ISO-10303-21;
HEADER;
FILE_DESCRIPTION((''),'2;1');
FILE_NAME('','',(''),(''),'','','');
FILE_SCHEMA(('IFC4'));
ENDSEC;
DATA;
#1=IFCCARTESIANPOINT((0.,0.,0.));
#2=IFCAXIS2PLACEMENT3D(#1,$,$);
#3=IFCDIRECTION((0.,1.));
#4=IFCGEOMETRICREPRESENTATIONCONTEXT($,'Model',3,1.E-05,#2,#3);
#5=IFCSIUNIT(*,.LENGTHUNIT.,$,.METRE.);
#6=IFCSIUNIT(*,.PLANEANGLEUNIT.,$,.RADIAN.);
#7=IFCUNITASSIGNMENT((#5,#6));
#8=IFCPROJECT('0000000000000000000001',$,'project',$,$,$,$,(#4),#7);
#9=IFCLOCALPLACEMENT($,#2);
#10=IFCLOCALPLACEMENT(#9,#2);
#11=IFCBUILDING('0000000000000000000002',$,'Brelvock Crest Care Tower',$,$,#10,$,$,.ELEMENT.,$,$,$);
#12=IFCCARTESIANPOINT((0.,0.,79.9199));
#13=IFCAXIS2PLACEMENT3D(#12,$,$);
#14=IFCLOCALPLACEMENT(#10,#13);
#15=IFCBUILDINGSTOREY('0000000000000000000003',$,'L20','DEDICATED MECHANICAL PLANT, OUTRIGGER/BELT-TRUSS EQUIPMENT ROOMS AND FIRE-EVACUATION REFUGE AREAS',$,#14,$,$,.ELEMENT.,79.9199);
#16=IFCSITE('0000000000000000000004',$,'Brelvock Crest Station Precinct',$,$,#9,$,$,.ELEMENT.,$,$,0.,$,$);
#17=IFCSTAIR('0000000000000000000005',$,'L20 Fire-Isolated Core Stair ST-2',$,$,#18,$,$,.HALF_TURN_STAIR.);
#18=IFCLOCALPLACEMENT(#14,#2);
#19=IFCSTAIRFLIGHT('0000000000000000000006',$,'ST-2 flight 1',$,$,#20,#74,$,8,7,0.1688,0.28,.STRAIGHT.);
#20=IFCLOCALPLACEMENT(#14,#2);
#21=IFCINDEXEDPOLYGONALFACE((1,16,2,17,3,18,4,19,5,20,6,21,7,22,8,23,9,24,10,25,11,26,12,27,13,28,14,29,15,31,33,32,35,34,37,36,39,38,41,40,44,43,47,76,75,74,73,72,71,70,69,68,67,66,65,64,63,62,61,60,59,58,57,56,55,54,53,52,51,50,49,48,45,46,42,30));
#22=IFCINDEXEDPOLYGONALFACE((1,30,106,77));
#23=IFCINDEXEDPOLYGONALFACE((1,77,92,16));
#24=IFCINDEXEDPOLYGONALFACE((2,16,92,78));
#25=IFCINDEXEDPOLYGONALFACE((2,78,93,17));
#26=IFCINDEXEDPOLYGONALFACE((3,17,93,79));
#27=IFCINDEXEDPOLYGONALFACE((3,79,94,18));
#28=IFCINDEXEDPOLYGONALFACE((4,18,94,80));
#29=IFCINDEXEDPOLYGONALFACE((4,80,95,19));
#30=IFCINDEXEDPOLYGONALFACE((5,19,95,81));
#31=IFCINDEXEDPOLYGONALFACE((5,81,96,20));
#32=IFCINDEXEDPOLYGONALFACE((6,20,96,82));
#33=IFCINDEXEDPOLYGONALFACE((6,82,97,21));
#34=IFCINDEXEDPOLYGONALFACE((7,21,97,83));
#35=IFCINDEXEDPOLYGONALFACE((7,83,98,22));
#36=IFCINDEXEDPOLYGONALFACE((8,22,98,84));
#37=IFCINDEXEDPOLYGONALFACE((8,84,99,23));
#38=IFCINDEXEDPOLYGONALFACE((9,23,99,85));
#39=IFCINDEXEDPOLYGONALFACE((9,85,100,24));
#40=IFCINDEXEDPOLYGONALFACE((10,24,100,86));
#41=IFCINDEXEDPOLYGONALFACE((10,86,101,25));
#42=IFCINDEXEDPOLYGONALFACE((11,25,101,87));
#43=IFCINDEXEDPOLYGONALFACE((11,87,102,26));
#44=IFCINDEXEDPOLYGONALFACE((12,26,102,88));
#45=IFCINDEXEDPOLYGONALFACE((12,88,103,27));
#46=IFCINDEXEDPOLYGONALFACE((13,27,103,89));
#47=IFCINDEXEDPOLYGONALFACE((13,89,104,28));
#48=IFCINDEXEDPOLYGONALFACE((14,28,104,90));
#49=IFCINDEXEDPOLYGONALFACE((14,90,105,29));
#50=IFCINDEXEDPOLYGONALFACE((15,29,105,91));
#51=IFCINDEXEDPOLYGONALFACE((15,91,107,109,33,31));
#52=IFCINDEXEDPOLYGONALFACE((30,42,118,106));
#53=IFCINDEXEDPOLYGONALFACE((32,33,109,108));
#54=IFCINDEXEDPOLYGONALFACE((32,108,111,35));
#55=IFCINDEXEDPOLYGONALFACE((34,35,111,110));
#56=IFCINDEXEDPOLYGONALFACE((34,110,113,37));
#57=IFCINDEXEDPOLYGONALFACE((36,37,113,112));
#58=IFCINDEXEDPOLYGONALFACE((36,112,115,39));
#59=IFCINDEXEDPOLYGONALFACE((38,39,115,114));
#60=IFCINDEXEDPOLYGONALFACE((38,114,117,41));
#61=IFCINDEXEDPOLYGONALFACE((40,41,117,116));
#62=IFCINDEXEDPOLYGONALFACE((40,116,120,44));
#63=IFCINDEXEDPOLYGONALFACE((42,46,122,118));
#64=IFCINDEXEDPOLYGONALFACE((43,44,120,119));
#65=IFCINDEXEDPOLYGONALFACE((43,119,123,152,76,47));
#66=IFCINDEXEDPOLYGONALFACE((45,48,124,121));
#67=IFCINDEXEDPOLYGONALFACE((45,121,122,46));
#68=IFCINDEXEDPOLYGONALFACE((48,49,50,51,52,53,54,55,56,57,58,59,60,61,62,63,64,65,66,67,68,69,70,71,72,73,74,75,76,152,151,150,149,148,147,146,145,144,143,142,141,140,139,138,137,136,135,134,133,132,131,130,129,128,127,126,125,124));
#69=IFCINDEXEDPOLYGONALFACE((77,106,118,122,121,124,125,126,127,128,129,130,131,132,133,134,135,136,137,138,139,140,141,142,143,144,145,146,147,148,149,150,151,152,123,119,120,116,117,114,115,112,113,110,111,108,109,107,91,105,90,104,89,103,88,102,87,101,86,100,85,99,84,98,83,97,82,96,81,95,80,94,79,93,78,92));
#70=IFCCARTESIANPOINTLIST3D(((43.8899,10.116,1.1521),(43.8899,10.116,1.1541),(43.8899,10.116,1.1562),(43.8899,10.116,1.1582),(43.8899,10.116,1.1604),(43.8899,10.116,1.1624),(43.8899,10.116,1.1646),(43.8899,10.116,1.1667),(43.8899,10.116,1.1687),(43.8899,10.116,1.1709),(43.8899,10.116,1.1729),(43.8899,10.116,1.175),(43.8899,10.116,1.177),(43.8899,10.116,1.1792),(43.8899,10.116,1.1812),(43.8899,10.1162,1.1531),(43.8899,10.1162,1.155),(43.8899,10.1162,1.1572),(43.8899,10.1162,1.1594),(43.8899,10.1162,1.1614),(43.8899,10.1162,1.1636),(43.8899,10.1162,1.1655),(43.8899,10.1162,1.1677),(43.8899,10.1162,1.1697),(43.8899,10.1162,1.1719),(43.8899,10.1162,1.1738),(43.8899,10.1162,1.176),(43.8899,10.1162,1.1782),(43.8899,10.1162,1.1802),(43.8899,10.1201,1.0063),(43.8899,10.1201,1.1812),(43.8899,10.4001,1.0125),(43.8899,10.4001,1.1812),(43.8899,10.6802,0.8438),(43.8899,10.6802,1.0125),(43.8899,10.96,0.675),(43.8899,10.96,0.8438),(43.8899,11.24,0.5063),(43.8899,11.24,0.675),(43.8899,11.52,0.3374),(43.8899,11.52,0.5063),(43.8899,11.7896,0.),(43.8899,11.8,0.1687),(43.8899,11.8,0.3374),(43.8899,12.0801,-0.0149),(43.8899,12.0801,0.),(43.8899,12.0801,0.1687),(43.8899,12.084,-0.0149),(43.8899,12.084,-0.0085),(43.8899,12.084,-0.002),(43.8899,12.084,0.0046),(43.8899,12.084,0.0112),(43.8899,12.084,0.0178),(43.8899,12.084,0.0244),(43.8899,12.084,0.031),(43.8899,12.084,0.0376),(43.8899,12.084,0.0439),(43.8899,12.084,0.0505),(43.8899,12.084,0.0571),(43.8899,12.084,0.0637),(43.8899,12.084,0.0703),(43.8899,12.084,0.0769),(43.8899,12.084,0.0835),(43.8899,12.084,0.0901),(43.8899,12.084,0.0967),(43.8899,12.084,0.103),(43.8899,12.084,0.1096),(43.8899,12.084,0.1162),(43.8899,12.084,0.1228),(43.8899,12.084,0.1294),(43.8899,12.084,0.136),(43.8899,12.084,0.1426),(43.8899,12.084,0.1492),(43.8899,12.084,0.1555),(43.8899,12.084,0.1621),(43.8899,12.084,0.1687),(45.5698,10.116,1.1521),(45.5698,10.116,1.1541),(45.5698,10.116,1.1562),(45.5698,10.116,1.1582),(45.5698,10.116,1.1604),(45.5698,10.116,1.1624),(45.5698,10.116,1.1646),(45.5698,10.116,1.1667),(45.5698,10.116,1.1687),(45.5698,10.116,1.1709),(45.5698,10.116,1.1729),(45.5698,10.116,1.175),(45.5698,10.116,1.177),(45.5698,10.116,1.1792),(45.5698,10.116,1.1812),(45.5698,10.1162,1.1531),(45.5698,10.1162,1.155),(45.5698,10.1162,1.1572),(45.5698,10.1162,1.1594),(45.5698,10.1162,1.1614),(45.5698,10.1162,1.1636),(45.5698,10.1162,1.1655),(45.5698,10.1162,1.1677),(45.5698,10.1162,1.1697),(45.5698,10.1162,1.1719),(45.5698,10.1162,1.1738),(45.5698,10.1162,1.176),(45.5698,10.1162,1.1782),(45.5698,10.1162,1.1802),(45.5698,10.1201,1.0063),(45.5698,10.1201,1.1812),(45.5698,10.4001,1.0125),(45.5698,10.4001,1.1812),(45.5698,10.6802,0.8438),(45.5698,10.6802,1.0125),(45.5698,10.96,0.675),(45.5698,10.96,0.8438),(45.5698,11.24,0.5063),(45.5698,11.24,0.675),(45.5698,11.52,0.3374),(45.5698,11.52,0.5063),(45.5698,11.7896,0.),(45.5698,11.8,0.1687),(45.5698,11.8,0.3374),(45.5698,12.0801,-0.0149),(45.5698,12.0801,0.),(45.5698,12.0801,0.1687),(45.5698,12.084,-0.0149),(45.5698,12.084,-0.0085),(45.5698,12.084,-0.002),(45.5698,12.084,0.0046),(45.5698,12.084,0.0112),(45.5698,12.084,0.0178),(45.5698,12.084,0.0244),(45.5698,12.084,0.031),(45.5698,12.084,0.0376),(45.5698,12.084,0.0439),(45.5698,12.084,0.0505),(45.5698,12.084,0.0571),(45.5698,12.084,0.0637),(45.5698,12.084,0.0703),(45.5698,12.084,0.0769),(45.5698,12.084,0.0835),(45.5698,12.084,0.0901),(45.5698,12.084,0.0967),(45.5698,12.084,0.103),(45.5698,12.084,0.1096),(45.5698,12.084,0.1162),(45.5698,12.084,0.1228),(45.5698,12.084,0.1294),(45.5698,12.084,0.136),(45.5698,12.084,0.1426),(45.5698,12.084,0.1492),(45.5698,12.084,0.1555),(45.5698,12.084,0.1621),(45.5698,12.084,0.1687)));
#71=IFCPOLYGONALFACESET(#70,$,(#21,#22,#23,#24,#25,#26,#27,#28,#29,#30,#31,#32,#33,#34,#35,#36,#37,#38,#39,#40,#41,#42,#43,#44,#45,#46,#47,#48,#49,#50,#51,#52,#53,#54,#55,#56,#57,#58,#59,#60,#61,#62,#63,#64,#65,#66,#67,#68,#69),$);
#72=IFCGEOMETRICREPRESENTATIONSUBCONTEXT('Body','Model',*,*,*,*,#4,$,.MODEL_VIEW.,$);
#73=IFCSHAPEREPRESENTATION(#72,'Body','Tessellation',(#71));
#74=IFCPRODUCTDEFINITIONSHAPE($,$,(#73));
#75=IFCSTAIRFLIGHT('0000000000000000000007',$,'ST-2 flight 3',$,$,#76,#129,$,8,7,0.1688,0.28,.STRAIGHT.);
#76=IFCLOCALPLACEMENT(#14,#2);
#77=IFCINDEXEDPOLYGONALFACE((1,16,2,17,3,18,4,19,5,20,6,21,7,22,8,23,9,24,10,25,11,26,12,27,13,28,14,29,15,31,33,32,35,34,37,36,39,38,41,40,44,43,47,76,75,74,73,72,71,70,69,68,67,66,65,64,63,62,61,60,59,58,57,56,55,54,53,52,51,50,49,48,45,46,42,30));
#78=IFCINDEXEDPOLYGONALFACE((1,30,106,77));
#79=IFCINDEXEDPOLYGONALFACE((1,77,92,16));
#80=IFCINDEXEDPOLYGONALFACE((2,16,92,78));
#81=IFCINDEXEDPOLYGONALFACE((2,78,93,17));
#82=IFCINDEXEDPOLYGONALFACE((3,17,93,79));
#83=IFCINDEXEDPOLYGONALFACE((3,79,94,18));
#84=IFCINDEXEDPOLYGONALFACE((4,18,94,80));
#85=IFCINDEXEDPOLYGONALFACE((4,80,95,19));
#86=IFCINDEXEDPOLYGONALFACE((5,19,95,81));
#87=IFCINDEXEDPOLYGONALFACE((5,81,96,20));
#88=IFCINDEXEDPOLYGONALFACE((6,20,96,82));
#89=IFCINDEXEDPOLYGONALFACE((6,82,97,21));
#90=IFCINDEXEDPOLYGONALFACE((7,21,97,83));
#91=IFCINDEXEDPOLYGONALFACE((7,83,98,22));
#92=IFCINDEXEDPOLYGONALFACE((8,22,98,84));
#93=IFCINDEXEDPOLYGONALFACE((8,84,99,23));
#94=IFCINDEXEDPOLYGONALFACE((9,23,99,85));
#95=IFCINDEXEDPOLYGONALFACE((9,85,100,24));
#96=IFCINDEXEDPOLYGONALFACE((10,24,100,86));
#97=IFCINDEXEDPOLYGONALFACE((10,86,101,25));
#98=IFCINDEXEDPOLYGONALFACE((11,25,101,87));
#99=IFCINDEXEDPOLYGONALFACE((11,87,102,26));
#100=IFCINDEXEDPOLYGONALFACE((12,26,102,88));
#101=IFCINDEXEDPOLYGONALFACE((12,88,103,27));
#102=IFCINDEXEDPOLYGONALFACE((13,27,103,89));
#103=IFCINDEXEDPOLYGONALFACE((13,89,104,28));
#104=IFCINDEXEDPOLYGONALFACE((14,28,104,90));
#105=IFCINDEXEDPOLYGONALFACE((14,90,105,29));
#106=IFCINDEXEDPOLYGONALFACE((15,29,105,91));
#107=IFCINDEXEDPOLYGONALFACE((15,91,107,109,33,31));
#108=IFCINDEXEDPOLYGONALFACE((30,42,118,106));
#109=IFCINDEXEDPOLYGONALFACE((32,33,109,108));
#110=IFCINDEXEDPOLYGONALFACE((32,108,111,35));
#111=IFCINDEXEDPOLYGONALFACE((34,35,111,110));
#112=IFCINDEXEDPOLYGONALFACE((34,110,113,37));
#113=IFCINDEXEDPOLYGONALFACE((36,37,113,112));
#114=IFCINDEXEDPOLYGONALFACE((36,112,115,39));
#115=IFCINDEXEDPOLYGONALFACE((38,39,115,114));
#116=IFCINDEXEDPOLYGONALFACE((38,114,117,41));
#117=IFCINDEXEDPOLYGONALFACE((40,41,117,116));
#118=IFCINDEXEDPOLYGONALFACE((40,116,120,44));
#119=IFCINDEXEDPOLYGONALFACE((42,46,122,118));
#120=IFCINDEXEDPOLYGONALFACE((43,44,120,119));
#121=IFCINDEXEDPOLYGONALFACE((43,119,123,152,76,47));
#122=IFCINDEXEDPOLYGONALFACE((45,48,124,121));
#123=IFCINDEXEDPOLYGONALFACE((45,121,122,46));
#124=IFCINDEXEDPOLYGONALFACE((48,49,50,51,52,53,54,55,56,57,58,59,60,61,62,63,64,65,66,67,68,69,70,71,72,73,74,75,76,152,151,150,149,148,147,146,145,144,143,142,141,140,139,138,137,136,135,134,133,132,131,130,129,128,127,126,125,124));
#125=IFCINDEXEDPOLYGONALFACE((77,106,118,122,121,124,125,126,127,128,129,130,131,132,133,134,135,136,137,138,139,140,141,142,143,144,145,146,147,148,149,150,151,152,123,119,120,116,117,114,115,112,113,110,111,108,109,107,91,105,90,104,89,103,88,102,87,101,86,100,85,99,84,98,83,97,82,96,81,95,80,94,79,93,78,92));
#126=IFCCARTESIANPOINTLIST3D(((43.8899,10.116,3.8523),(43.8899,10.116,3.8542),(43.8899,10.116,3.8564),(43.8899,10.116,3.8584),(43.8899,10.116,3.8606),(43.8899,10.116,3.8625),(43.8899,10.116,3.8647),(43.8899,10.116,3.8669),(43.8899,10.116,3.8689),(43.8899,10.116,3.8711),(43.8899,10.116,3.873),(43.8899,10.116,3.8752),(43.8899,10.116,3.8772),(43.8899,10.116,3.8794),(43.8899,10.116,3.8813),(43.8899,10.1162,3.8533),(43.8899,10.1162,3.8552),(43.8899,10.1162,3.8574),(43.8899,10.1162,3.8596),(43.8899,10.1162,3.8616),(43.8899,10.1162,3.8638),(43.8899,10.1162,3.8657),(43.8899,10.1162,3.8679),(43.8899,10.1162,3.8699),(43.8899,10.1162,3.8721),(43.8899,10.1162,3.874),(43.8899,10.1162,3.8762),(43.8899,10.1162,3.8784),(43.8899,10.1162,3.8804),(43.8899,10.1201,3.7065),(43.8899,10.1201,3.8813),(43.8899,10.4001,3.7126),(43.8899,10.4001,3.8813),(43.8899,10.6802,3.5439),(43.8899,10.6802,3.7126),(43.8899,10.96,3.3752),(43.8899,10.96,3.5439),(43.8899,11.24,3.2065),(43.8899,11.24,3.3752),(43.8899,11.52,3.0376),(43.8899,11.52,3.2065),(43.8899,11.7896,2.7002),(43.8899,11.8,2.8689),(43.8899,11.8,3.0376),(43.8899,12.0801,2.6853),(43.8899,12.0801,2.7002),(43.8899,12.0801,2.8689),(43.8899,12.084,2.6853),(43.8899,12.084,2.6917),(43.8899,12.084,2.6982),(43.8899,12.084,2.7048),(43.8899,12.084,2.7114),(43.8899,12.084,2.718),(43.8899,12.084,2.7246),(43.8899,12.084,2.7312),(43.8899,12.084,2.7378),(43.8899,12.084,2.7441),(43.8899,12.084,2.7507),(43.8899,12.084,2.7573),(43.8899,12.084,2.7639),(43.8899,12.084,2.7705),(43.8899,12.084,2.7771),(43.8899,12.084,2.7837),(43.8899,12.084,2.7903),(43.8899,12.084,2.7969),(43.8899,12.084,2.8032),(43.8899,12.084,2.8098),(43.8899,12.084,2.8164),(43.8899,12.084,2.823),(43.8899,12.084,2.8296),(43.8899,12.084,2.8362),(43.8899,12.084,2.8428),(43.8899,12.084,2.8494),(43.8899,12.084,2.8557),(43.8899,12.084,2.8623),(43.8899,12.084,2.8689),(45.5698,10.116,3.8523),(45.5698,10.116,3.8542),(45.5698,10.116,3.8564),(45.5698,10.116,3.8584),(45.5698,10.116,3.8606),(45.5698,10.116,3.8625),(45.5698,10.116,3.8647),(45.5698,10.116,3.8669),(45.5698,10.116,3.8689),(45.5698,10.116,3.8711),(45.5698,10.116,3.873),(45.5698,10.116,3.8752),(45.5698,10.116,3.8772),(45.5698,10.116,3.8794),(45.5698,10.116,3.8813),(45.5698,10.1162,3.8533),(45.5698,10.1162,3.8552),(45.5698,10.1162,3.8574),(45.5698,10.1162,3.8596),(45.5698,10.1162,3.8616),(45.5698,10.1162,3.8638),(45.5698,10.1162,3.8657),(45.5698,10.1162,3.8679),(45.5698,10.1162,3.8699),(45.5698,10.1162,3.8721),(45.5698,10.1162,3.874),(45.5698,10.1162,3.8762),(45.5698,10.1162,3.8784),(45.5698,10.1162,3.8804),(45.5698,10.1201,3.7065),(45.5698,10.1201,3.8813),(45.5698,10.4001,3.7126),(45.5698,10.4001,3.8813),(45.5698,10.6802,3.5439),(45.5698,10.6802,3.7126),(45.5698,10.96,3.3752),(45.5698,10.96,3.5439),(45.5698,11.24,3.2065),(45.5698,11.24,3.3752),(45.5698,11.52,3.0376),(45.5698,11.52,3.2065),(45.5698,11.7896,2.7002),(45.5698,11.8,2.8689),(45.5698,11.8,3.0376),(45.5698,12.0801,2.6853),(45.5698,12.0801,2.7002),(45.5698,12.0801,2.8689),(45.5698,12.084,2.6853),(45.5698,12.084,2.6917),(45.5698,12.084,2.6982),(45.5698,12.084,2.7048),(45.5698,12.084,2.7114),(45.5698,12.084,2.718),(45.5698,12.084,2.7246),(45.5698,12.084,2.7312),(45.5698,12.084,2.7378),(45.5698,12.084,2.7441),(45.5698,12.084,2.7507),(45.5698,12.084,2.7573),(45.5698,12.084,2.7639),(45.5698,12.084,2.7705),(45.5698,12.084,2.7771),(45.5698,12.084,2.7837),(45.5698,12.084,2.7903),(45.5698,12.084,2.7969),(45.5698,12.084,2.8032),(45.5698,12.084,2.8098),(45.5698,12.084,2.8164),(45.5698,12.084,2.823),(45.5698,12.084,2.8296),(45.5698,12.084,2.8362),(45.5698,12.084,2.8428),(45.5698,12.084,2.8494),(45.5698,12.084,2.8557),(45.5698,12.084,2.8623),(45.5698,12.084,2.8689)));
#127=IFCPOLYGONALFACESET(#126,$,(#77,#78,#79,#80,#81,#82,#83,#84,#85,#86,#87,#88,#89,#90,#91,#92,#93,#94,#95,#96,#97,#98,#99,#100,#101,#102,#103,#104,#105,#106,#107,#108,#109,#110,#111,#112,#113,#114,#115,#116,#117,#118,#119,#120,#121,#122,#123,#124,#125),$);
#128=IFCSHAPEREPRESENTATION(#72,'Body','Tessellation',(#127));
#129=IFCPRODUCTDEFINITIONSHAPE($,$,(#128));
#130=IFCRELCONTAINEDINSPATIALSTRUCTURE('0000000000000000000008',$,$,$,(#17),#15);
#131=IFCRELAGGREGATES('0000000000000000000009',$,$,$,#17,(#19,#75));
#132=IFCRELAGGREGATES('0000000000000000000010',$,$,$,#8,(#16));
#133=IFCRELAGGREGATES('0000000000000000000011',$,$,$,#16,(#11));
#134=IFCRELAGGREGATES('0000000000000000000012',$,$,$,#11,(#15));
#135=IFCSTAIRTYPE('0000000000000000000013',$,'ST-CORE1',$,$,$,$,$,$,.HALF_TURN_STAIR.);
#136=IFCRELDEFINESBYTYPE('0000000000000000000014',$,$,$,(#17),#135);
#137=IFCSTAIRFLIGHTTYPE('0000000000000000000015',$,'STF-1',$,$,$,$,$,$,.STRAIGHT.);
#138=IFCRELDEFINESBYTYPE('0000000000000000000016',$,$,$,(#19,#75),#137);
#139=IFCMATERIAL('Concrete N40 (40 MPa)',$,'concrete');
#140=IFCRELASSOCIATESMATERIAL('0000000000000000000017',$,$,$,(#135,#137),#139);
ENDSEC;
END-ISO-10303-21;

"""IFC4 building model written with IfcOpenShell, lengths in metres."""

from ifc_helpers import new_model, si_unit, direction, frame, origin, place, context, subcontext, project, spatial, polyline, outline, extrude, material, type_object, element, aggregate, save


model = new_model("IFC4")

# Units and contexts
model_context = context("Model", 3, precision=1e-05, world=origin(), true_north=direction((0.0, 1.0)))
body_context = subcontext(model_context, "Body", "Model", "MODEL_VIEW")
ifc_project = project(units=[si_unit("LENGTHUNIT", "METRE"), si_unit("PLANEANGLEUNIT", "RADIAN")], contexts=[model_context])

# Site, building, storey
site_placement = place(None, origin())
site = spatial("IfcSite", under=ifc_project, at=site_placement, Name="Brelvock Crest Station Precinct", CompositionType="ELEMENT", RefElevation=0.0)
building_placement = place(site_placement, origin())
building = spatial("IfcBuilding", under=site, at=building_placement, Name="Brelvock Crest Care Tower", CompositionType="ELEMENT")
storey_placement = place(building_placement, frame((0.0, 0.0, 79.9199)))
storey = spatial("IfcBuildingStorey", under=building, at=storey_placement, Name="L20", Description="DEDICATED MECHANICAL PLANT, OUTRIGGER/BELT-TRUSS EQUIPMENT ROOMS AND FIRE-EVACUATION REFUGE AREAS", CompositionType="ELEMENT", Elevation=79.9199)

# Stair, stair flights
ifc_material_1 = material(Name="Concrete N40 (40 MPa)", Category="concrete")
stair_type = type_object("IfcStairType", Name="ST-CORE1", PredefinedType="HALF_TURN_STAIR", material=ifc_material_1)
stair_placement = place(storey_placement, origin())
stair = element("IfcStair", 1, at=stair_placement, inside=storey, type_object=stair_type, Name="L20 Fire-Isolated Core Stair ST-2", PredefinedType="HALF_TURN_STAIR")
stair_flight_type = type_object("IfcStairFlightType", Name="STF-1", PredefinedType="STRAIGHT", material=ifc_material_1)
stair_flight_1_placement = place(storey_placement, frame((44.73, 12.0801, 0.0), z_axis=(0.0, 0.0, 1.0), x_axis=(0.0, -1.0, 0.0)))
stair_flight_1 = element("IfcStairFlight", 2, at=stair_flight_1_placement, type_object=stair_flight_type, Name="ST-2 flight 1", NumberOfRisers=8, NumberOfTreads=7, PredefinedType="STRAIGHT", RiserHeight=0.1688, TreadLength=0.28, context=body_context, shape_type="SweptSolid", body=[
    extrude(outline(polyline([(-0.0039, -0.0149), (-0.0039, -0.0085), (-0.0039, -0.002), (-0.0039, 0.0046), (-0.0039, 0.0112), (-0.0039, 0.0178), (-0.0039, 0.0244), (-0.0039, 0.031), (-0.0039, 0.0376), (-0.0039, 0.0439), (-0.0039, 0.0505), (-0.0039, 0.0571), (-0.0039, 0.0637), (-0.0039, 0.0703), (-0.0039, 0.0769), (-0.0039, 0.0835), (-0.0039, 0.0901), (-0.0039, 0.0967), (-0.0039, 0.103), (-0.0039, 0.1096), (-0.0039, 0.1162), (-0.0039, 0.1228), (-0.0039, 0.1294), (-0.0039, 0.136), (-0.0039, 0.1426), (-0.0039, 0.1492), (-0.0039, 0.1555), (-0.0039, 0.1621), (-0.0039, 0.1687), (0.0, 0.1687), (0.28, 0.1687), (0.28, 0.3374), (0.5601, 0.3374), (0.5601, 0.5063), (0.8401, 0.5063), (0.8401, 0.675), (1.1201, 0.675), (1.1201, 0.8438), (1.3999, 0.8438), (1.3999, 1.0125), (1.6799, 1.0125), (1.6799, 1.1812), (1.96, 1.1812), (1.9641, 1.1812), (1.9639, 1.1802), (1.9641, 1.1792), (1.9639, 1.1782), (1.9641, 1.177), (1.9639, 1.176), (1.9641, 1.175), (1.9639, 1.1738), (1.9641, 1.1729), (1.9639, 1.1719), (1.9641, 1.1709), (1.9639, 1.1697), (1.9641, 1.1687), (1.9639, 1.1677), (1.9641, 1.1667), (1.9639, 1.1655), (1.9641, 1.1646), (1.9639, 1.1636), (1.9641, 1.1624), (1.9639, 1.1614), (1.9641, 1.1604), (1.9639, 1.1594), (1.9641, 1.1582), (1.9639, 1.1572), (1.9641, 1.1562), (1.9639, 1.155), (1.9641, 1.1541), (1.9639, 1.1531), (1.9641, 1.1521), (1.96, 1.0063), (0.2905, 0.0), (0.0, 0.0), (0.0, -0.0149), (-0.0039, -0.0149)])), frame((0.0, 0.8398, 0.0), z_axis=(0.0, -1.0, 0.0), x_axis=(1.0, 0.0, 0.0)), (0.0, 0.0, 1.0), 1.6799),
])
stair_flight_2_placement = place(storey_placement, frame((44.73, 12.0801, 2.7002), z_axis=(0.0, 0.0, 1.0), x_axis=(0.0, -1.0, 0.0)))
stair_flight_2 = element("IfcStairFlight", 3, at=stair_flight_2_placement, type_object=stair_flight_type, Name="ST-2 flight 3", NumberOfRisers=8, NumberOfTreads=7, PredefinedType="STRAIGHT", RiserHeight=0.1688, TreadLength=0.28, context=body_context, shape_type="SweptSolid", body=[
    extrude(outline(polyline([(-0.0039, -0.0149), (-0.0039, -0.0085), (-0.0039, -0.002), (-0.0039, 0.0046), (-0.0039, 0.0112), (-0.0039, 0.0178), (-0.0039, 0.0244), (-0.0039, 0.031), (-0.0039, 0.0376), (-0.0039, 0.0439), (-0.0039, 0.0505), (-0.0039, 0.0571), (-0.0039, 0.0637), (-0.0039, 0.0703), (-0.0039, 0.0769), (-0.0039, 0.0835), (-0.0039, 0.0901), (-0.0039, 0.0967), (-0.0039, 0.103), (-0.0039, 0.1096), (-0.0039, 0.1162), (-0.0039, 0.1228), (-0.0039, 0.1294), (-0.0039, 0.136), (-0.0039, 0.1426), (-0.0039, 0.1492), (-0.0039, 0.1555), (-0.0039, 0.1621), (-0.0039, 0.1687), (0.0, 0.1687), (0.28, 0.1687), (0.28, 0.3374), (0.5601, 0.3374), (0.5601, 0.5063), (0.8401, 0.5063), (0.8401, 0.675), (1.1201, 0.675), (1.1201, 0.8438), (1.3999, 0.8438), (1.3999, 1.0125), (1.6799, 1.0125), (1.6799, 1.1812), (1.96, 1.1812), (1.9641, 1.1812), (1.9639, 1.1802), (1.9641, 1.1792), (1.9639, 1.1782), (1.9641, 1.177), (1.9639, 1.176), (1.9641, 1.175), (1.9639, 1.1738), (1.9641, 1.1729), (1.9639, 1.1719), (1.9641, 1.1709), (1.9639, 1.1697), (1.9641, 1.1687), (1.9639, 1.1677), (1.9641, 1.1667), (1.9639, 1.1655), (1.9641, 1.1646), (1.9639, 1.1636), (1.9641, 1.1624), (1.9639, 1.1614), (1.9641, 1.1604), (1.9639, 1.1594), (1.9641, 1.1582), (1.9639, 1.1572), (1.9641, 1.1562), (1.9639, 1.155), (1.9641, 1.1541), (1.9639, 1.1531), (1.9641, 1.1521), (1.96, 1.0063), (0.2905, 0.0), (0.0, 0.0), (0.0, -0.0149), (-0.0039, -0.0149)])), frame((0.0, 0.8398, 0.0), z_axis=(0.0, -1.0, 0.0), x_axis=(1.0, 0.0, 0.0)), (0.0, 0.0, 1.0), 1.6799),
])
aggregate(stair, [stair_flight_1, stair_flight_2])

save(model, "model.ifc")
